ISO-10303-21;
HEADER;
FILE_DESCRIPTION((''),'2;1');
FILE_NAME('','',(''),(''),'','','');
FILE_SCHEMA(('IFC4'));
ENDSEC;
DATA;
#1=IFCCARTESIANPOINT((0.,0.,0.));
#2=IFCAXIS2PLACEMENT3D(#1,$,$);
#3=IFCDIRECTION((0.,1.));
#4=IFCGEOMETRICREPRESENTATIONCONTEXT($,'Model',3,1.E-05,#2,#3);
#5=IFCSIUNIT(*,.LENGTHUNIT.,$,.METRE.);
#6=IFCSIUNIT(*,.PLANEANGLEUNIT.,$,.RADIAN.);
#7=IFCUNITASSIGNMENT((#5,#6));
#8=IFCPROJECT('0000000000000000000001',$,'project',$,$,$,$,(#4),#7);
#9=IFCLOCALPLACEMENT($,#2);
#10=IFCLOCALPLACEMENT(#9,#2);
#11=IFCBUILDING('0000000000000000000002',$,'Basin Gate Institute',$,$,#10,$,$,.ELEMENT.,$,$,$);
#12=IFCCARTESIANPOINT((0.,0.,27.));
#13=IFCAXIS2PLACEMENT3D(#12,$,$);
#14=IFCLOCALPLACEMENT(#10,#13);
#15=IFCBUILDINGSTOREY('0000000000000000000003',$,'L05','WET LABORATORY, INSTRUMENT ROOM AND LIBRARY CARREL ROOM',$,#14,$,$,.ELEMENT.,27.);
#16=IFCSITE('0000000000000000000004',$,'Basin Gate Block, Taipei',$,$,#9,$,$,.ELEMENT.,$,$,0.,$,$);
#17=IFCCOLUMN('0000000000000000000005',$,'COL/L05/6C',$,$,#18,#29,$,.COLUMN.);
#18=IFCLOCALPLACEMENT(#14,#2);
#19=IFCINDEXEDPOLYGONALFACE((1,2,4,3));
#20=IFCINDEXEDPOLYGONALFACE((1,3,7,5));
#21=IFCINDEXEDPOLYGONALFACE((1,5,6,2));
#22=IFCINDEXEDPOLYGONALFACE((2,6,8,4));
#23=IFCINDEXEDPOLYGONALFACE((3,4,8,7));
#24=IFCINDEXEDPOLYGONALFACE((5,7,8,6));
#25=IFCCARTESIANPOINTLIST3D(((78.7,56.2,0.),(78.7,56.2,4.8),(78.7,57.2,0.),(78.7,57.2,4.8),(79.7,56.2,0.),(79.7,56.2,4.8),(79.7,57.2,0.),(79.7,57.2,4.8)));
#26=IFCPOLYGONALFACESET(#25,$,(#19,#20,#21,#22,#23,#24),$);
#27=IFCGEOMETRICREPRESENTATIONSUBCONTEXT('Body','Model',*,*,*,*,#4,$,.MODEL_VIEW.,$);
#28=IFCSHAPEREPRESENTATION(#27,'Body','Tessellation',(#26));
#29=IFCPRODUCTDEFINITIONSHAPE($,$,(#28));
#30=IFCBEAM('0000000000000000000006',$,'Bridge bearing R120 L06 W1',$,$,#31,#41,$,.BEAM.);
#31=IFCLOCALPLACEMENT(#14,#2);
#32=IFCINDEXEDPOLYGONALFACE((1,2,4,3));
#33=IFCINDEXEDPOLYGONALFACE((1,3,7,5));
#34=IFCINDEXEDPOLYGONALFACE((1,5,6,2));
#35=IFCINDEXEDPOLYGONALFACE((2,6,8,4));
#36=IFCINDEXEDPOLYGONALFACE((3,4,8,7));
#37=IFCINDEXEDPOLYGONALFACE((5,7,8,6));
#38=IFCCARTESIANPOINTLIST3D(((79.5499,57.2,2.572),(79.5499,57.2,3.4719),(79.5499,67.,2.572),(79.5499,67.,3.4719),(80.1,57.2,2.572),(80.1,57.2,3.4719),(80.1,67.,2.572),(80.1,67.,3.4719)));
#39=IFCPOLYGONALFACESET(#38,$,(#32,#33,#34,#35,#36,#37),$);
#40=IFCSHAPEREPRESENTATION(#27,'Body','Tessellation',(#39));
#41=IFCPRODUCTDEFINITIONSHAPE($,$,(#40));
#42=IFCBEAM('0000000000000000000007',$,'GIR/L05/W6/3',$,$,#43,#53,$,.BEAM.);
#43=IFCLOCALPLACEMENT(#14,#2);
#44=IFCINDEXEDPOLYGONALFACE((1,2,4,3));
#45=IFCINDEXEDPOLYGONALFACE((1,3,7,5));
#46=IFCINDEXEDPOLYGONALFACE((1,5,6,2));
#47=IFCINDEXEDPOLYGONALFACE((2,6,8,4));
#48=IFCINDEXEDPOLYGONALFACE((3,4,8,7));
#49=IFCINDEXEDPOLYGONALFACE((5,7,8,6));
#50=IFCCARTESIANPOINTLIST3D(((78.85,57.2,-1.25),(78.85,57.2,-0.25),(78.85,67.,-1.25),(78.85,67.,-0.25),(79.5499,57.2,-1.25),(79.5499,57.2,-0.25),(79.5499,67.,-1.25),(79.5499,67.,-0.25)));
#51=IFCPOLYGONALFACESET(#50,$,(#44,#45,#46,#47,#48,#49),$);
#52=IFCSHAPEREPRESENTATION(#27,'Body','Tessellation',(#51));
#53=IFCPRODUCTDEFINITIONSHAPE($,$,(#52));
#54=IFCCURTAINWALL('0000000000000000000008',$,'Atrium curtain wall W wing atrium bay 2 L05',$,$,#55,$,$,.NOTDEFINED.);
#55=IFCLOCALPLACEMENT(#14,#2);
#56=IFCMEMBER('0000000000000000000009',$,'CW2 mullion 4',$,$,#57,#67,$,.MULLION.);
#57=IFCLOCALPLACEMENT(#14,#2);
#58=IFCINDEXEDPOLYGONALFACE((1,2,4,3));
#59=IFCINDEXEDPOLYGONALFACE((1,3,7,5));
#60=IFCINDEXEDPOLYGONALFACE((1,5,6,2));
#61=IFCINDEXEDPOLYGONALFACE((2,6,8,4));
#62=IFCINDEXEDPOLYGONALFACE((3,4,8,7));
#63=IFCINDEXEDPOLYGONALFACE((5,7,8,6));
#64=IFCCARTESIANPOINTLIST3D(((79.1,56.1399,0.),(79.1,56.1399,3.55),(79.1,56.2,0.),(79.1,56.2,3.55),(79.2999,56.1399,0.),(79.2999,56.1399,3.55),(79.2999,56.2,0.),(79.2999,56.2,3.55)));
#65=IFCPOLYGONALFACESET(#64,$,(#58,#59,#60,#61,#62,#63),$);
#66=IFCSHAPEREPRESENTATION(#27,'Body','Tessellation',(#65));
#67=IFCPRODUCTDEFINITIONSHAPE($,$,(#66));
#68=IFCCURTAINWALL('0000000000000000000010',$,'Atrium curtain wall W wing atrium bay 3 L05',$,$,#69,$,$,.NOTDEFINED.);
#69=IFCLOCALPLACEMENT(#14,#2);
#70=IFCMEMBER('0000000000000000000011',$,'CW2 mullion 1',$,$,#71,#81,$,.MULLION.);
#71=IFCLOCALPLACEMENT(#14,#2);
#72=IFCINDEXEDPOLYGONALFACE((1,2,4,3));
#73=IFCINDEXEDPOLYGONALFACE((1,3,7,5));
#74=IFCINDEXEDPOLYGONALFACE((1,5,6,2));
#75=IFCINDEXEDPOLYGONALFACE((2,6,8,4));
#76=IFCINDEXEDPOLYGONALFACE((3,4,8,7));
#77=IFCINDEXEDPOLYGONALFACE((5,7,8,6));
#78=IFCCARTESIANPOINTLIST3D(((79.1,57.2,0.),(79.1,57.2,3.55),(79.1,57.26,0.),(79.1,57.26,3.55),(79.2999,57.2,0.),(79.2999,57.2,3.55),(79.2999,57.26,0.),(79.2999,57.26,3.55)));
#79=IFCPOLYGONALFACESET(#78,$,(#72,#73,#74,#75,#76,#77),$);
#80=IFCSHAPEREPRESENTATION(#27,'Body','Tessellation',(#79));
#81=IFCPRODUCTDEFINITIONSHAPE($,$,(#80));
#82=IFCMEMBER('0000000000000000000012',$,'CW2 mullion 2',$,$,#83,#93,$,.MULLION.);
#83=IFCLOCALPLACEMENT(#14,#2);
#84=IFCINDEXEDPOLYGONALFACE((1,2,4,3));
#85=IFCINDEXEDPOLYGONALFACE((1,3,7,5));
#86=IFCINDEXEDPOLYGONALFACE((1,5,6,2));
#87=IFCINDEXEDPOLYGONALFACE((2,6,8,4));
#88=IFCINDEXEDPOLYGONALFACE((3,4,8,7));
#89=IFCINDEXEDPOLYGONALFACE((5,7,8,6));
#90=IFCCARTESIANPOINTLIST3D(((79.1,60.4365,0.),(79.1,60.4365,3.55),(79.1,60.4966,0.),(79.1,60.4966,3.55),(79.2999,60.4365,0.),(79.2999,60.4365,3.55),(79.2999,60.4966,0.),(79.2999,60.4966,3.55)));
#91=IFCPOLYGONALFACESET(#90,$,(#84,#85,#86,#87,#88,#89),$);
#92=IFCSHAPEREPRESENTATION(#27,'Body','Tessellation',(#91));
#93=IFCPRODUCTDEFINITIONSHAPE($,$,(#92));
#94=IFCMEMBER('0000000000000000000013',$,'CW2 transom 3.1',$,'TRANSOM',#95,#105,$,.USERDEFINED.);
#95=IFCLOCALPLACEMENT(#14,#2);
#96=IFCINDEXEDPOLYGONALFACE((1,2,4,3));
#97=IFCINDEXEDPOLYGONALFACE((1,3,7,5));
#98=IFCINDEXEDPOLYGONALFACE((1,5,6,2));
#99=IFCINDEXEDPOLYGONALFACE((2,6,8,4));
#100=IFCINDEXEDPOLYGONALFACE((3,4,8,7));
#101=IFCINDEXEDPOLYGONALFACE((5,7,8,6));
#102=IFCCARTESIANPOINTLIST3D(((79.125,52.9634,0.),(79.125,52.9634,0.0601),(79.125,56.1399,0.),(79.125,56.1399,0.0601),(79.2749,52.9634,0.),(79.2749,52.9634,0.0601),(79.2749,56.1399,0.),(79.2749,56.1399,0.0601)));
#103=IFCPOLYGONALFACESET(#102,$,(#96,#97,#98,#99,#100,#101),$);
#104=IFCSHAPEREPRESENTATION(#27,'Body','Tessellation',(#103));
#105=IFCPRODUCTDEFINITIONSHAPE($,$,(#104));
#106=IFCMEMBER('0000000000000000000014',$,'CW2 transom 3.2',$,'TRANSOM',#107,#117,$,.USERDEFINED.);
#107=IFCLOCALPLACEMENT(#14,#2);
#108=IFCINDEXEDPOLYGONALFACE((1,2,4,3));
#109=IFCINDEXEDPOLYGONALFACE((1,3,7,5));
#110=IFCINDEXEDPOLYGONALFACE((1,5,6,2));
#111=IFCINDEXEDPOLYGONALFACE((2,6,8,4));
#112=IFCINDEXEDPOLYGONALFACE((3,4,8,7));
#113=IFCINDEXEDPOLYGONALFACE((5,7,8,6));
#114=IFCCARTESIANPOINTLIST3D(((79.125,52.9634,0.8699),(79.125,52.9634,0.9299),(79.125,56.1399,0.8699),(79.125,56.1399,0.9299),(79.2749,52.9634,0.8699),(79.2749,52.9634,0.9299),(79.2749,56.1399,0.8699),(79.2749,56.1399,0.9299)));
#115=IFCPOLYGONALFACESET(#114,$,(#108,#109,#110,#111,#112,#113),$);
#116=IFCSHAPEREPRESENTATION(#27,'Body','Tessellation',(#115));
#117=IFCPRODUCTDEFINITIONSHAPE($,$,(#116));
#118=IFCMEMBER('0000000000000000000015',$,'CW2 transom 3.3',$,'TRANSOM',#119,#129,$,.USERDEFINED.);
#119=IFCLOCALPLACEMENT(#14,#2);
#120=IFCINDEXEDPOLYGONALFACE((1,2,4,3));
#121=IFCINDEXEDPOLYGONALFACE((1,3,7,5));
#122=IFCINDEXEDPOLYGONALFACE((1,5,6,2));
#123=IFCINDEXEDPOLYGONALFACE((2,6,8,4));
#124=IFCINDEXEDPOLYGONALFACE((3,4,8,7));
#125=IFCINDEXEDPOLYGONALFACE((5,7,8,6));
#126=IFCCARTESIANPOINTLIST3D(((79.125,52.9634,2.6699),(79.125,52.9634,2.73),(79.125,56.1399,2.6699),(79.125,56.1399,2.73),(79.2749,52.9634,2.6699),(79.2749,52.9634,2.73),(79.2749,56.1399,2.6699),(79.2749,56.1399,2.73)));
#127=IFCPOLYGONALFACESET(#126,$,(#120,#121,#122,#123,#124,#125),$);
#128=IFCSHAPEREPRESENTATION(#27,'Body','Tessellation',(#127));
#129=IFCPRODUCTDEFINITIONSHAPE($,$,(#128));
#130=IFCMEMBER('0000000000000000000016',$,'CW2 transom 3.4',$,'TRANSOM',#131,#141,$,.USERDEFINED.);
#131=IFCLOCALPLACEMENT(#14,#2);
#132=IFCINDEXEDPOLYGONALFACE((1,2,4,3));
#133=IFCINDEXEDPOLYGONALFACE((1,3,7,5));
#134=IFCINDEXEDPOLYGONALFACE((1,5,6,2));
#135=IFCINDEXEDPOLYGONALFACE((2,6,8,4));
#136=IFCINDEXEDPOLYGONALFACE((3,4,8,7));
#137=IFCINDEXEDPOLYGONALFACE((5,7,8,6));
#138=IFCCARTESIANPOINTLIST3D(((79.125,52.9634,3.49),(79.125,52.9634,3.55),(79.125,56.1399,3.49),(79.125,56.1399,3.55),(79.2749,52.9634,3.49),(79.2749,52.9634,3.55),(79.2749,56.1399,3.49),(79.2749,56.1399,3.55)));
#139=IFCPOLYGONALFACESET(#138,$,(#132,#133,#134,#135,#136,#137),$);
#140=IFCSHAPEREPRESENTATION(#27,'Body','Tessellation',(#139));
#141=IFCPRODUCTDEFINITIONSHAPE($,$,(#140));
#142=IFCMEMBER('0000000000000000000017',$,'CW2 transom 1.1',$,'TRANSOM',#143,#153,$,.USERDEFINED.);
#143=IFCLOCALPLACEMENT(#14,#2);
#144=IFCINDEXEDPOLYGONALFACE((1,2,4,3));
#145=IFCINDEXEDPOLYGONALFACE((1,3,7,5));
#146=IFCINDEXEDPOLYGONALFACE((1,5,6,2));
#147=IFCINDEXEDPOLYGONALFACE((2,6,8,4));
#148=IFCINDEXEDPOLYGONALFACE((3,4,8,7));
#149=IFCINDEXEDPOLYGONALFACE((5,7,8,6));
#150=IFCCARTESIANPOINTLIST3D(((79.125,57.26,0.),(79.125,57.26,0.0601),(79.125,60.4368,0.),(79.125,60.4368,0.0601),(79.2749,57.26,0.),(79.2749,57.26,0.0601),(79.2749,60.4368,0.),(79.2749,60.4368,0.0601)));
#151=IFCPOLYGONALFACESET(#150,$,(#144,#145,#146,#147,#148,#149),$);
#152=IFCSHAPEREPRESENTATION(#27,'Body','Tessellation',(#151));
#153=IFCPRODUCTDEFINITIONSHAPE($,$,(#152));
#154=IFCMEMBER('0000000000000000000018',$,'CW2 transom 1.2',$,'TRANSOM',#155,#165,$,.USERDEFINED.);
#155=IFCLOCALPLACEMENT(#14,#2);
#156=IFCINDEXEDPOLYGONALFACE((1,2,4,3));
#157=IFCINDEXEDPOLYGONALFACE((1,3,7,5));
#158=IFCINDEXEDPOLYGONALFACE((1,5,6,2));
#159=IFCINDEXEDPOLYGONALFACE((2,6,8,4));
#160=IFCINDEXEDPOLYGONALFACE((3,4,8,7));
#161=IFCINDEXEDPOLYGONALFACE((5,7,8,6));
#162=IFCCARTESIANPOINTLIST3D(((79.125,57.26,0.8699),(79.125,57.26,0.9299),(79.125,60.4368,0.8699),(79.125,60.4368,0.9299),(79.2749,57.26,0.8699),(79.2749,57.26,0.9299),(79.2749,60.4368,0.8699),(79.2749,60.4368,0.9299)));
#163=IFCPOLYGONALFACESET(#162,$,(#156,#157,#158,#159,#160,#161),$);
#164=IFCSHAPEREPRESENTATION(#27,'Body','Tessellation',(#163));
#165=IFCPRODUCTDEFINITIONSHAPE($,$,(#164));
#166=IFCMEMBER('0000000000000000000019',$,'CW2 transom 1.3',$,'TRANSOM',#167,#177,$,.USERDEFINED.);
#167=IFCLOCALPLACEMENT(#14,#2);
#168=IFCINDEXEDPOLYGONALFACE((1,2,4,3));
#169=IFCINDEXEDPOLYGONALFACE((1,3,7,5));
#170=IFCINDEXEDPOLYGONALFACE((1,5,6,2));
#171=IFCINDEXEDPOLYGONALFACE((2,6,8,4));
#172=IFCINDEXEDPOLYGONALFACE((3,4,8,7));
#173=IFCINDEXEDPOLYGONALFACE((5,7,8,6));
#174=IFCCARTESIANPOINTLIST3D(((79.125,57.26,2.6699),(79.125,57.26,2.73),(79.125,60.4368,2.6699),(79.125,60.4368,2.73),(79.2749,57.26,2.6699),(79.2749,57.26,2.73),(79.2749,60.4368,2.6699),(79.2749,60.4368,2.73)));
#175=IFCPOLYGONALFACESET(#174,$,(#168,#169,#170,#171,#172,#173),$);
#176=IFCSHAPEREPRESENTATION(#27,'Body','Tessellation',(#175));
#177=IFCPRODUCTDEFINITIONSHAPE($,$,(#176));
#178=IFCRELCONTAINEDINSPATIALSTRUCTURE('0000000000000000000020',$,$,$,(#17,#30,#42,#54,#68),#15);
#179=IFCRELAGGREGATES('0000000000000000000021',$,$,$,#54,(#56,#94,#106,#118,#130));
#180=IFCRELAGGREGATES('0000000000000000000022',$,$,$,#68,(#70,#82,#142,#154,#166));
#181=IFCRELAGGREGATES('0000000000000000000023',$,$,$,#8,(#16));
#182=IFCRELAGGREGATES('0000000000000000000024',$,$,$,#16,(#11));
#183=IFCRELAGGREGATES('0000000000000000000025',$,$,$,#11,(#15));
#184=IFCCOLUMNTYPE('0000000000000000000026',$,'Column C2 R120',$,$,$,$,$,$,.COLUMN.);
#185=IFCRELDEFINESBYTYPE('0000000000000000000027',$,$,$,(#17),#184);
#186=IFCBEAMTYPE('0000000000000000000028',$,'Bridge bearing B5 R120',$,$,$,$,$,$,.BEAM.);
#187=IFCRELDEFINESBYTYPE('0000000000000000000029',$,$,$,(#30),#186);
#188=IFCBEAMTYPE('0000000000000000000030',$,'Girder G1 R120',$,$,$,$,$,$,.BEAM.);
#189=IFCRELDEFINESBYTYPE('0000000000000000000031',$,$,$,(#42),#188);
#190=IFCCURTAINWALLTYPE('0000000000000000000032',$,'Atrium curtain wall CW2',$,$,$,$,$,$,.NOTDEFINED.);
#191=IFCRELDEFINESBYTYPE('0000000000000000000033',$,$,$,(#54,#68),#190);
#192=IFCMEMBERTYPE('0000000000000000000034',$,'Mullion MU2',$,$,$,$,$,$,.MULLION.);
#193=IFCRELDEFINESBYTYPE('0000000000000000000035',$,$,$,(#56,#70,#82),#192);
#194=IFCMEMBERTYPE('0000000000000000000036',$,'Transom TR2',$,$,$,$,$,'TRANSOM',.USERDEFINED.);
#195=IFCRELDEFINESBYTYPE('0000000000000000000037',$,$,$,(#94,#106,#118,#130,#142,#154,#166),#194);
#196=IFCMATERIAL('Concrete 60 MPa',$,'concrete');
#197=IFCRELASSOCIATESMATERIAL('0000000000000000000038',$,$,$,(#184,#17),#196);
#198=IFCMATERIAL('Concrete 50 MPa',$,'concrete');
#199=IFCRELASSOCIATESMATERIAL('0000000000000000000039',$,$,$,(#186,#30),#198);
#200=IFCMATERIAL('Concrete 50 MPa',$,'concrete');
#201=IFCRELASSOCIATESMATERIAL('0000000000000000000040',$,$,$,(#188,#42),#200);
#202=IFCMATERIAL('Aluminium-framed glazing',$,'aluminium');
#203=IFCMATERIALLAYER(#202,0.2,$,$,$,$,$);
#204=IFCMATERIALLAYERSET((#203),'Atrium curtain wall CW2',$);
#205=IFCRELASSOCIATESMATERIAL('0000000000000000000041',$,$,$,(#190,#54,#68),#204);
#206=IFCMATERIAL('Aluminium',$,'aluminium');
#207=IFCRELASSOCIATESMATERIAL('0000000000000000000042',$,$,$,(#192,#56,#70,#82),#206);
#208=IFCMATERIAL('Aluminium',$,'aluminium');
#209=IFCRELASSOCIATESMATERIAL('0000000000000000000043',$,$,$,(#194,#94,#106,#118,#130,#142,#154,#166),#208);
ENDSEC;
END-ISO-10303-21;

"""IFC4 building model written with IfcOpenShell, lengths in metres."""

from ifc_helpers import new_model, si_unit, direction, frame, origin, origin_2d, place, context, subcontext, project, spatial, rectangle, extrude, material, layer, layer_set, material_profile, profile_set, type_object, element, aggregate, save


model = new_model("IFC4")

# Units and contexts
model_context = context("Model", 3, precision=1e-05, world=origin(), true_north=direction((0.0, 1.0)))
body_context = subcontext(model_context, "Body", "Model", "MODEL_VIEW")
ifc_project = project(units=[si_unit("LENGTHUNIT", "METRE"), si_unit("PLANEANGLEUNIT", "RADIAN")], contexts=[model_context])

# Site, building, storey
site_placement = place(None, origin())
site = spatial("IfcSite", under=ifc_project, at=site_placement, Name="Basin Gate Block, Taipei", CompositionType="ELEMENT", RefElevation=0.0)
building_placement = place(site_placement, origin())
building = spatial("IfcBuilding", under=site, at=building_placement, Name="Basin Gate Institute", CompositionType="ELEMENT")
storey_placement = place(building_placement, frame((0.0, 0.0, 27.0)))
storey = spatial("IfcBuildingStorey", under=building, at=storey_placement, Name="L05", Description="WET LABORATORY, INSTRUMENT ROOM AND LIBRARY CARREL ROOM", CompositionType="ELEMENT", Elevation=27.0)

# Column
ifc_material_1 = material(Name="Concrete 60 MPa", Category="concrete")
ifc_material_profile_1 = material_profile(ifc_material_1, rectangle(XDim=1.0, YDim=1.0, at=origin_2d()), Name="Column C2 1000 x 1000")
ifc_profile_set_1 = profile_set([ifc_material_profile_1], Name="Concrete 60 MPa")
column_type = type_object("IfcColumnType", Name="Column C2 R120", PredefinedType="COLUMN", material=ifc_profile_set_1)
column_placement = place(storey_placement, frame((79.2, 56.7, 0.0), z_axis=(0.0, 0.0, 1.0), x_axis=(1.0, 0.0, 0.0)))
element("IfcColumn", 1, at=column_placement, inside=storey, type_object=column_type, material=ifc_profile_set_1, Name="COL/L05/6C", PredefinedType="COLUMN", context=body_context, shape_type="SweptSolid", body=[
    extrude(rectangle(XDim=1.0, YDim=1.0, at=origin_2d()), origin(), (0.0, 0.0, 1.0), 4.8),
])

# Beams
ifc_material_2 = material(Name="Concrete 50 MPa", Category="concrete")
ifc_material_profile_2 = material_profile(ifc_material_2, rectangle(XDim=0.55, YDim=0.8999, at=origin_2d()), Name="Bridge bearing B5 550 x 900")
ifc_profile_set_2 = profile_set([ifc_material_profile_2], Name="Concrete 50 MPa")
beam_type_1 = type_object("IfcBeamType", Name="Bridge bearing B5 R120", PredefinedType="BEAM", material=ifc_profile_set_2)
beam_1_placement = place(storey_placement, frame((79.825, 57.2, 3.022), z_axis=(0.0, 1.0, 0.0), x_axis=(-1.0, 0.0, 0.0)))
element("IfcBeam", 2, at=beam_1_placement, inside=storey, type_object=beam_type_1, material=ifc_profile_set_2, Name="Bridge bearing R120 L06 W1", PredefinedType="BEAM", context=body_context, shape_type="SweptSolid", body=[
    extrude(rectangle(XDim=0.55, YDim=0.8999, at=origin_2d()), origin(), (0.0, 0.0, 1.0), 9.8),
])
ifc_material_3 = material(Name="Concrete 50 MPa", Category="concrete")
ifc_material_profile_3 = material_profile(ifc_material_3, rectangle(XDim=0.7, YDim=1.0, at=origin_2d()), Name="Girder G1 700 x 1000")
ifc_profile_set_3 = profile_set([ifc_material_profile_3], Name="Concrete 50 MPa")
beam_type_2 = type_object("IfcBeamType", Name="Girder G1 R120", PredefinedType="BEAM", material=ifc_profile_set_3)
beam_2_placement = place(storey_placement, frame((79.2, 57.2, -0.75), z_axis=(0.0, 1.0, 0.0), x_axis=(-1.0, 0.0, 0.0)))
element("IfcBeam", 3, at=beam_2_placement, inside=storey, type_object=beam_type_2, material=ifc_profile_set_3, Name="GIR/L05/W6/3", PredefinedType="BEAM", context=body_context, shape_type="SweptSolid", body=[
    extrude(rectangle(XDim=0.7, YDim=1.0, at=origin_2d()), origin(), (0.0, 0.0, 1.0), 9.8),
])

# Curtain wall, member
ifc_material_4 = material(Name="Aluminium-framed glazing", Category="aluminium")
ifc_layer_1 = layer(ifc_material_4, 0.2)
ifc_layer_set_1 = layer_set([ifc_layer_1], Name="Atrium curtain wall CW2")
curtain_wall_type = type_object("IfcCurtainWallType", Name="Atrium curtain wall CW2", PredefinedType="NOTDEFINED", material=ifc_layer_set_1)
curtain_wall_1_placement = place(storey_placement, origin())
curtain_wall_1 = element("IfcCurtainWall", 4, at=curtain_wall_1_placement, inside=storey, type_object=curtain_wall_type, material=ifc_layer_set_1, Name="Atrium curtain wall W wing atrium bay 2 L05", PredefinedType="NOTDEFINED")
ifc_material_5 = material(Name="Aluminium", Category="aluminium")
ifc_material_profile_4 = material_profile(ifc_material_5, rectangle(XDim=0.2, YDim=0.0601, at=origin_2d()), Name="Mullion MU2 200 x 60")
ifc_profile_set_4 = profile_set([ifc_material_profile_4], Name="Aluminium")
member_type_1 = type_object("IfcMemberType", Name="Mullion MU2", PredefinedType="MULLION", material=ifc_profile_set_4)
member_1_placement = place(storey_placement, frame((79.2, 56.1699, 0.0), z_axis=(0.0, 0.0, 1.0), x_axis=(-1.0, 0.0, 0.0)))
member_1 = element("IfcMember", 5, at=member_1_placement, type_object=member_type_1, material=ifc_profile_set_4, Name="CW2 mullion 4", PredefinedType="MULLION", context=body_context, shape_type="SweptSolid", body=[
    extrude(rectangle(XDim=0.2, YDim=0.0601, at=origin_2d()), origin(), (0.0, 0.0, 1.0), 3.55),
])

# Curtain wall, members
curtain_wall_2_placement = place(storey_placement, origin())
curtain_wall_2 = element("IfcCurtainWall", 6, at=curtain_wall_2_placement, inside=storey, type_object=curtain_wall_type, material=ifc_layer_set_1, Name="Atrium curtain wall W wing atrium bay 3 L05", PredefinedType="NOTDEFINED")
member_2_placement = place(storey_placement, frame((79.2, 57.23, 0.0), z_axis=(0.0, 0.0, 1.0), x_axis=(-1.0, 0.0, 0.0)))
member_2 = element("IfcMember", 7, at=member_2_placement, type_object=member_type_1, material=ifc_profile_set_4, Name="CW2 mullion 1", PredefinedType="MULLION", context=body_context, shape_type="SweptSolid", body=[
    extrude(rectangle(XDim=0.2, YDim=0.0601, at=origin_2d()), origin(), (0.0, 0.0, 1.0), 3.55),
])
member_3_placement = place(storey_placement, frame((79.2, 60.4666, 0.0), z_axis=(0.0, 0.0, 1.0), x_axis=(-1.0, 0.0, 0.0)))
member_3 = element("IfcMember", 8, at=member_3_placement, type_object=member_type_1, material=ifc_profile_set_4, Name="CW2 mullion 2", PredefinedType="MULLION", context=body_context, shape_type="SweptSolid", body=[
    extrude(rectangle(XDim=0.2, YDim=0.0601, at=origin_2d()), origin(), (0.0, 0.0, 1.0), 3.55),
])

# Members
ifc_material_6 = material(Name="Aluminium", Category="aluminium")
ifc_material_profile_5 = material_profile(ifc_material_6, rectangle(XDim=0.1499, YDim=0.0601, at=origin_2d()), Name="Transom TR2 150 x 60")
ifc_profile_set_5 = profile_set([ifc_material_profile_5], Name="Aluminium")
member_type_2 = type_object("IfcMemberType", Name="Transom TR2", ElementType="TRANSOM", PredefinedType="USERDEFINED", material=ifc_profile_set_5)
member_4_placement = place(storey_placement, frame((79.2, 52.9634, 0.03), z_axis=(0.0, 1.0, 0.0), x_axis=(-1.0, 0.0, 0.0)))
member_4 = element("IfcMember", 9, at=member_4_placement, type_object=member_type_2, material=ifc_profile_set_5, Name="CW2 transom 3.1", ObjectType="TRANSOM", PredefinedType="USERDEFINED", context=body_context, shape_type="SweptSolid", body=[
    extrude(rectangle(XDim=0.1499, YDim=0.0601, at=origin_2d()), origin(), (0.0, 0.0, 1.0), 3.1765),
])
member_5_placement = place(storey_placement, frame((79.2, 52.9634, 0.8999), z_axis=(0.0, 1.0, 0.0), x_axis=(-1.0, 0.0, 0.0)))
member_5 = element("IfcMember", 10, at=member_5_placement, type_object=member_type_2, material=ifc_profile_set_5, Name="CW2 transom 3.2", ObjectType="TRANSOM", PredefinedType="USERDEFINED", context=body_context, shape_type="SweptSolid", body=[
    extrude(rectangle(XDim=0.1499, YDim=0.0601, at=origin_2d()), origin(), (0.0, 0.0, 1.0), 3.1765),
])
member_6_placement = place(storey_placement, frame((79.2, 52.9634, 2.7), z_axis=(0.0, 1.0, 0.0), x_axis=(-1.0, 0.0, 0.0)))
member_6 = element("IfcMember", 11, at=member_6_placement, type_object=member_type_2, material=ifc_profile_set_5, Name="CW2 transom 3.3", ObjectType="TRANSOM", PredefinedType="USERDEFINED", context=body_context, shape_type="SweptSolid", body=[
    extrude(rectangle(XDim=0.1499, YDim=0.0601, at=origin_2d()), origin(), (0.0, 0.0, 1.0), 3.1765),
])
member_7_placement = place(storey_placement, frame((79.2, 52.9634, 3.52), z_axis=(0.0, 1.0, 0.0), x_axis=(-1.0, 0.0, 0.0)))
member_7 = element("IfcMember", 12, at=member_7_placement, type_object=member_type_2, material=ifc_profile_set_5, Name="CW2 transom 3.4", ObjectType="TRANSOM", PredefinedType="USERDEFINED", context=body_context, shape_type="SweptSolid", body=[
    extrude(rectangle(XDim=0.1499, YDim=0.0601, at=origin_2d()), origin(), (0.0, 0.0, 1.0), 3.1765),
])
member_8_placement = place(storey_placement, frame((79.2, 57.26, 0.03), z_axis=(0.0, 1.0, 0.0), x_axis=(-1.0, 0.0, 0.0)))
member_8 = element("IfcMember", 13, at=member_8_placement, type_object=member_type_2, material=ifc_profile_set_5, Name="CW2 transom 1.1", ObjectType="TRANSOM", PredefinedType="USERDEFINED", context=body_context, shape_type="SweptSolid", body=[
    extrude(rectangle(XDim=0.1499, YDim=0.0601, at=origin_2d()), origin(), (0.0, 0.0, 1.0), 3.1768),
])
member_9_placement = place(storey_placement, frame((79.2, 57.26, 0.8999), z_axis=(0.0, 1.0, 0.0), x_axis=(-1.0, 0.0, 0.0)))
member_9 = element("IfcMember", 14, at=member_9_placement, type_object=member_type_2, material=ifc_profile_set_5, Name="CW2 transom 1.2", ObjectType="TRANSOM", PredefinedType="USERDEFINED", context=body_context, shape_type="SweptSolid", body=[
    extrude(rectangle(XDim=0.1499, YDim=0.0601, at=origin_2d()), origin(), (0.0, 0.0, 1.0), 3.1768),
])
member_10_placement = place(storey_placement, frame((79.2, 57.26, 2.7), z_axis=(0.0, 1.0, 0.0), x_axis=(-1.0, 0.0, 0.0)))
member_10 = element("IfcMember", 15, at=member_10_placement, type_object=member_type_2, material=ifc_profile_set_5, Name="CW2 transom 1.3", ObjectType="TRANSOM", PredefinedType="USERDEFINED", context=body_context, shape_type="SweptSolid", body=[
    extrude(rectangle(XDim=0.1499, YDim=0.0601, at=origin_2d()), origin(), (0.0, 0.0, 1.0), 3.1768),
])

aggregate(curtain_wall_1, [member_1, member_4, member_5, member_6, member_7])
aggregate(curtain_wall_2, [member_2, member_3, member_8, member_9, member_10])

save(model, "model.ifc")
